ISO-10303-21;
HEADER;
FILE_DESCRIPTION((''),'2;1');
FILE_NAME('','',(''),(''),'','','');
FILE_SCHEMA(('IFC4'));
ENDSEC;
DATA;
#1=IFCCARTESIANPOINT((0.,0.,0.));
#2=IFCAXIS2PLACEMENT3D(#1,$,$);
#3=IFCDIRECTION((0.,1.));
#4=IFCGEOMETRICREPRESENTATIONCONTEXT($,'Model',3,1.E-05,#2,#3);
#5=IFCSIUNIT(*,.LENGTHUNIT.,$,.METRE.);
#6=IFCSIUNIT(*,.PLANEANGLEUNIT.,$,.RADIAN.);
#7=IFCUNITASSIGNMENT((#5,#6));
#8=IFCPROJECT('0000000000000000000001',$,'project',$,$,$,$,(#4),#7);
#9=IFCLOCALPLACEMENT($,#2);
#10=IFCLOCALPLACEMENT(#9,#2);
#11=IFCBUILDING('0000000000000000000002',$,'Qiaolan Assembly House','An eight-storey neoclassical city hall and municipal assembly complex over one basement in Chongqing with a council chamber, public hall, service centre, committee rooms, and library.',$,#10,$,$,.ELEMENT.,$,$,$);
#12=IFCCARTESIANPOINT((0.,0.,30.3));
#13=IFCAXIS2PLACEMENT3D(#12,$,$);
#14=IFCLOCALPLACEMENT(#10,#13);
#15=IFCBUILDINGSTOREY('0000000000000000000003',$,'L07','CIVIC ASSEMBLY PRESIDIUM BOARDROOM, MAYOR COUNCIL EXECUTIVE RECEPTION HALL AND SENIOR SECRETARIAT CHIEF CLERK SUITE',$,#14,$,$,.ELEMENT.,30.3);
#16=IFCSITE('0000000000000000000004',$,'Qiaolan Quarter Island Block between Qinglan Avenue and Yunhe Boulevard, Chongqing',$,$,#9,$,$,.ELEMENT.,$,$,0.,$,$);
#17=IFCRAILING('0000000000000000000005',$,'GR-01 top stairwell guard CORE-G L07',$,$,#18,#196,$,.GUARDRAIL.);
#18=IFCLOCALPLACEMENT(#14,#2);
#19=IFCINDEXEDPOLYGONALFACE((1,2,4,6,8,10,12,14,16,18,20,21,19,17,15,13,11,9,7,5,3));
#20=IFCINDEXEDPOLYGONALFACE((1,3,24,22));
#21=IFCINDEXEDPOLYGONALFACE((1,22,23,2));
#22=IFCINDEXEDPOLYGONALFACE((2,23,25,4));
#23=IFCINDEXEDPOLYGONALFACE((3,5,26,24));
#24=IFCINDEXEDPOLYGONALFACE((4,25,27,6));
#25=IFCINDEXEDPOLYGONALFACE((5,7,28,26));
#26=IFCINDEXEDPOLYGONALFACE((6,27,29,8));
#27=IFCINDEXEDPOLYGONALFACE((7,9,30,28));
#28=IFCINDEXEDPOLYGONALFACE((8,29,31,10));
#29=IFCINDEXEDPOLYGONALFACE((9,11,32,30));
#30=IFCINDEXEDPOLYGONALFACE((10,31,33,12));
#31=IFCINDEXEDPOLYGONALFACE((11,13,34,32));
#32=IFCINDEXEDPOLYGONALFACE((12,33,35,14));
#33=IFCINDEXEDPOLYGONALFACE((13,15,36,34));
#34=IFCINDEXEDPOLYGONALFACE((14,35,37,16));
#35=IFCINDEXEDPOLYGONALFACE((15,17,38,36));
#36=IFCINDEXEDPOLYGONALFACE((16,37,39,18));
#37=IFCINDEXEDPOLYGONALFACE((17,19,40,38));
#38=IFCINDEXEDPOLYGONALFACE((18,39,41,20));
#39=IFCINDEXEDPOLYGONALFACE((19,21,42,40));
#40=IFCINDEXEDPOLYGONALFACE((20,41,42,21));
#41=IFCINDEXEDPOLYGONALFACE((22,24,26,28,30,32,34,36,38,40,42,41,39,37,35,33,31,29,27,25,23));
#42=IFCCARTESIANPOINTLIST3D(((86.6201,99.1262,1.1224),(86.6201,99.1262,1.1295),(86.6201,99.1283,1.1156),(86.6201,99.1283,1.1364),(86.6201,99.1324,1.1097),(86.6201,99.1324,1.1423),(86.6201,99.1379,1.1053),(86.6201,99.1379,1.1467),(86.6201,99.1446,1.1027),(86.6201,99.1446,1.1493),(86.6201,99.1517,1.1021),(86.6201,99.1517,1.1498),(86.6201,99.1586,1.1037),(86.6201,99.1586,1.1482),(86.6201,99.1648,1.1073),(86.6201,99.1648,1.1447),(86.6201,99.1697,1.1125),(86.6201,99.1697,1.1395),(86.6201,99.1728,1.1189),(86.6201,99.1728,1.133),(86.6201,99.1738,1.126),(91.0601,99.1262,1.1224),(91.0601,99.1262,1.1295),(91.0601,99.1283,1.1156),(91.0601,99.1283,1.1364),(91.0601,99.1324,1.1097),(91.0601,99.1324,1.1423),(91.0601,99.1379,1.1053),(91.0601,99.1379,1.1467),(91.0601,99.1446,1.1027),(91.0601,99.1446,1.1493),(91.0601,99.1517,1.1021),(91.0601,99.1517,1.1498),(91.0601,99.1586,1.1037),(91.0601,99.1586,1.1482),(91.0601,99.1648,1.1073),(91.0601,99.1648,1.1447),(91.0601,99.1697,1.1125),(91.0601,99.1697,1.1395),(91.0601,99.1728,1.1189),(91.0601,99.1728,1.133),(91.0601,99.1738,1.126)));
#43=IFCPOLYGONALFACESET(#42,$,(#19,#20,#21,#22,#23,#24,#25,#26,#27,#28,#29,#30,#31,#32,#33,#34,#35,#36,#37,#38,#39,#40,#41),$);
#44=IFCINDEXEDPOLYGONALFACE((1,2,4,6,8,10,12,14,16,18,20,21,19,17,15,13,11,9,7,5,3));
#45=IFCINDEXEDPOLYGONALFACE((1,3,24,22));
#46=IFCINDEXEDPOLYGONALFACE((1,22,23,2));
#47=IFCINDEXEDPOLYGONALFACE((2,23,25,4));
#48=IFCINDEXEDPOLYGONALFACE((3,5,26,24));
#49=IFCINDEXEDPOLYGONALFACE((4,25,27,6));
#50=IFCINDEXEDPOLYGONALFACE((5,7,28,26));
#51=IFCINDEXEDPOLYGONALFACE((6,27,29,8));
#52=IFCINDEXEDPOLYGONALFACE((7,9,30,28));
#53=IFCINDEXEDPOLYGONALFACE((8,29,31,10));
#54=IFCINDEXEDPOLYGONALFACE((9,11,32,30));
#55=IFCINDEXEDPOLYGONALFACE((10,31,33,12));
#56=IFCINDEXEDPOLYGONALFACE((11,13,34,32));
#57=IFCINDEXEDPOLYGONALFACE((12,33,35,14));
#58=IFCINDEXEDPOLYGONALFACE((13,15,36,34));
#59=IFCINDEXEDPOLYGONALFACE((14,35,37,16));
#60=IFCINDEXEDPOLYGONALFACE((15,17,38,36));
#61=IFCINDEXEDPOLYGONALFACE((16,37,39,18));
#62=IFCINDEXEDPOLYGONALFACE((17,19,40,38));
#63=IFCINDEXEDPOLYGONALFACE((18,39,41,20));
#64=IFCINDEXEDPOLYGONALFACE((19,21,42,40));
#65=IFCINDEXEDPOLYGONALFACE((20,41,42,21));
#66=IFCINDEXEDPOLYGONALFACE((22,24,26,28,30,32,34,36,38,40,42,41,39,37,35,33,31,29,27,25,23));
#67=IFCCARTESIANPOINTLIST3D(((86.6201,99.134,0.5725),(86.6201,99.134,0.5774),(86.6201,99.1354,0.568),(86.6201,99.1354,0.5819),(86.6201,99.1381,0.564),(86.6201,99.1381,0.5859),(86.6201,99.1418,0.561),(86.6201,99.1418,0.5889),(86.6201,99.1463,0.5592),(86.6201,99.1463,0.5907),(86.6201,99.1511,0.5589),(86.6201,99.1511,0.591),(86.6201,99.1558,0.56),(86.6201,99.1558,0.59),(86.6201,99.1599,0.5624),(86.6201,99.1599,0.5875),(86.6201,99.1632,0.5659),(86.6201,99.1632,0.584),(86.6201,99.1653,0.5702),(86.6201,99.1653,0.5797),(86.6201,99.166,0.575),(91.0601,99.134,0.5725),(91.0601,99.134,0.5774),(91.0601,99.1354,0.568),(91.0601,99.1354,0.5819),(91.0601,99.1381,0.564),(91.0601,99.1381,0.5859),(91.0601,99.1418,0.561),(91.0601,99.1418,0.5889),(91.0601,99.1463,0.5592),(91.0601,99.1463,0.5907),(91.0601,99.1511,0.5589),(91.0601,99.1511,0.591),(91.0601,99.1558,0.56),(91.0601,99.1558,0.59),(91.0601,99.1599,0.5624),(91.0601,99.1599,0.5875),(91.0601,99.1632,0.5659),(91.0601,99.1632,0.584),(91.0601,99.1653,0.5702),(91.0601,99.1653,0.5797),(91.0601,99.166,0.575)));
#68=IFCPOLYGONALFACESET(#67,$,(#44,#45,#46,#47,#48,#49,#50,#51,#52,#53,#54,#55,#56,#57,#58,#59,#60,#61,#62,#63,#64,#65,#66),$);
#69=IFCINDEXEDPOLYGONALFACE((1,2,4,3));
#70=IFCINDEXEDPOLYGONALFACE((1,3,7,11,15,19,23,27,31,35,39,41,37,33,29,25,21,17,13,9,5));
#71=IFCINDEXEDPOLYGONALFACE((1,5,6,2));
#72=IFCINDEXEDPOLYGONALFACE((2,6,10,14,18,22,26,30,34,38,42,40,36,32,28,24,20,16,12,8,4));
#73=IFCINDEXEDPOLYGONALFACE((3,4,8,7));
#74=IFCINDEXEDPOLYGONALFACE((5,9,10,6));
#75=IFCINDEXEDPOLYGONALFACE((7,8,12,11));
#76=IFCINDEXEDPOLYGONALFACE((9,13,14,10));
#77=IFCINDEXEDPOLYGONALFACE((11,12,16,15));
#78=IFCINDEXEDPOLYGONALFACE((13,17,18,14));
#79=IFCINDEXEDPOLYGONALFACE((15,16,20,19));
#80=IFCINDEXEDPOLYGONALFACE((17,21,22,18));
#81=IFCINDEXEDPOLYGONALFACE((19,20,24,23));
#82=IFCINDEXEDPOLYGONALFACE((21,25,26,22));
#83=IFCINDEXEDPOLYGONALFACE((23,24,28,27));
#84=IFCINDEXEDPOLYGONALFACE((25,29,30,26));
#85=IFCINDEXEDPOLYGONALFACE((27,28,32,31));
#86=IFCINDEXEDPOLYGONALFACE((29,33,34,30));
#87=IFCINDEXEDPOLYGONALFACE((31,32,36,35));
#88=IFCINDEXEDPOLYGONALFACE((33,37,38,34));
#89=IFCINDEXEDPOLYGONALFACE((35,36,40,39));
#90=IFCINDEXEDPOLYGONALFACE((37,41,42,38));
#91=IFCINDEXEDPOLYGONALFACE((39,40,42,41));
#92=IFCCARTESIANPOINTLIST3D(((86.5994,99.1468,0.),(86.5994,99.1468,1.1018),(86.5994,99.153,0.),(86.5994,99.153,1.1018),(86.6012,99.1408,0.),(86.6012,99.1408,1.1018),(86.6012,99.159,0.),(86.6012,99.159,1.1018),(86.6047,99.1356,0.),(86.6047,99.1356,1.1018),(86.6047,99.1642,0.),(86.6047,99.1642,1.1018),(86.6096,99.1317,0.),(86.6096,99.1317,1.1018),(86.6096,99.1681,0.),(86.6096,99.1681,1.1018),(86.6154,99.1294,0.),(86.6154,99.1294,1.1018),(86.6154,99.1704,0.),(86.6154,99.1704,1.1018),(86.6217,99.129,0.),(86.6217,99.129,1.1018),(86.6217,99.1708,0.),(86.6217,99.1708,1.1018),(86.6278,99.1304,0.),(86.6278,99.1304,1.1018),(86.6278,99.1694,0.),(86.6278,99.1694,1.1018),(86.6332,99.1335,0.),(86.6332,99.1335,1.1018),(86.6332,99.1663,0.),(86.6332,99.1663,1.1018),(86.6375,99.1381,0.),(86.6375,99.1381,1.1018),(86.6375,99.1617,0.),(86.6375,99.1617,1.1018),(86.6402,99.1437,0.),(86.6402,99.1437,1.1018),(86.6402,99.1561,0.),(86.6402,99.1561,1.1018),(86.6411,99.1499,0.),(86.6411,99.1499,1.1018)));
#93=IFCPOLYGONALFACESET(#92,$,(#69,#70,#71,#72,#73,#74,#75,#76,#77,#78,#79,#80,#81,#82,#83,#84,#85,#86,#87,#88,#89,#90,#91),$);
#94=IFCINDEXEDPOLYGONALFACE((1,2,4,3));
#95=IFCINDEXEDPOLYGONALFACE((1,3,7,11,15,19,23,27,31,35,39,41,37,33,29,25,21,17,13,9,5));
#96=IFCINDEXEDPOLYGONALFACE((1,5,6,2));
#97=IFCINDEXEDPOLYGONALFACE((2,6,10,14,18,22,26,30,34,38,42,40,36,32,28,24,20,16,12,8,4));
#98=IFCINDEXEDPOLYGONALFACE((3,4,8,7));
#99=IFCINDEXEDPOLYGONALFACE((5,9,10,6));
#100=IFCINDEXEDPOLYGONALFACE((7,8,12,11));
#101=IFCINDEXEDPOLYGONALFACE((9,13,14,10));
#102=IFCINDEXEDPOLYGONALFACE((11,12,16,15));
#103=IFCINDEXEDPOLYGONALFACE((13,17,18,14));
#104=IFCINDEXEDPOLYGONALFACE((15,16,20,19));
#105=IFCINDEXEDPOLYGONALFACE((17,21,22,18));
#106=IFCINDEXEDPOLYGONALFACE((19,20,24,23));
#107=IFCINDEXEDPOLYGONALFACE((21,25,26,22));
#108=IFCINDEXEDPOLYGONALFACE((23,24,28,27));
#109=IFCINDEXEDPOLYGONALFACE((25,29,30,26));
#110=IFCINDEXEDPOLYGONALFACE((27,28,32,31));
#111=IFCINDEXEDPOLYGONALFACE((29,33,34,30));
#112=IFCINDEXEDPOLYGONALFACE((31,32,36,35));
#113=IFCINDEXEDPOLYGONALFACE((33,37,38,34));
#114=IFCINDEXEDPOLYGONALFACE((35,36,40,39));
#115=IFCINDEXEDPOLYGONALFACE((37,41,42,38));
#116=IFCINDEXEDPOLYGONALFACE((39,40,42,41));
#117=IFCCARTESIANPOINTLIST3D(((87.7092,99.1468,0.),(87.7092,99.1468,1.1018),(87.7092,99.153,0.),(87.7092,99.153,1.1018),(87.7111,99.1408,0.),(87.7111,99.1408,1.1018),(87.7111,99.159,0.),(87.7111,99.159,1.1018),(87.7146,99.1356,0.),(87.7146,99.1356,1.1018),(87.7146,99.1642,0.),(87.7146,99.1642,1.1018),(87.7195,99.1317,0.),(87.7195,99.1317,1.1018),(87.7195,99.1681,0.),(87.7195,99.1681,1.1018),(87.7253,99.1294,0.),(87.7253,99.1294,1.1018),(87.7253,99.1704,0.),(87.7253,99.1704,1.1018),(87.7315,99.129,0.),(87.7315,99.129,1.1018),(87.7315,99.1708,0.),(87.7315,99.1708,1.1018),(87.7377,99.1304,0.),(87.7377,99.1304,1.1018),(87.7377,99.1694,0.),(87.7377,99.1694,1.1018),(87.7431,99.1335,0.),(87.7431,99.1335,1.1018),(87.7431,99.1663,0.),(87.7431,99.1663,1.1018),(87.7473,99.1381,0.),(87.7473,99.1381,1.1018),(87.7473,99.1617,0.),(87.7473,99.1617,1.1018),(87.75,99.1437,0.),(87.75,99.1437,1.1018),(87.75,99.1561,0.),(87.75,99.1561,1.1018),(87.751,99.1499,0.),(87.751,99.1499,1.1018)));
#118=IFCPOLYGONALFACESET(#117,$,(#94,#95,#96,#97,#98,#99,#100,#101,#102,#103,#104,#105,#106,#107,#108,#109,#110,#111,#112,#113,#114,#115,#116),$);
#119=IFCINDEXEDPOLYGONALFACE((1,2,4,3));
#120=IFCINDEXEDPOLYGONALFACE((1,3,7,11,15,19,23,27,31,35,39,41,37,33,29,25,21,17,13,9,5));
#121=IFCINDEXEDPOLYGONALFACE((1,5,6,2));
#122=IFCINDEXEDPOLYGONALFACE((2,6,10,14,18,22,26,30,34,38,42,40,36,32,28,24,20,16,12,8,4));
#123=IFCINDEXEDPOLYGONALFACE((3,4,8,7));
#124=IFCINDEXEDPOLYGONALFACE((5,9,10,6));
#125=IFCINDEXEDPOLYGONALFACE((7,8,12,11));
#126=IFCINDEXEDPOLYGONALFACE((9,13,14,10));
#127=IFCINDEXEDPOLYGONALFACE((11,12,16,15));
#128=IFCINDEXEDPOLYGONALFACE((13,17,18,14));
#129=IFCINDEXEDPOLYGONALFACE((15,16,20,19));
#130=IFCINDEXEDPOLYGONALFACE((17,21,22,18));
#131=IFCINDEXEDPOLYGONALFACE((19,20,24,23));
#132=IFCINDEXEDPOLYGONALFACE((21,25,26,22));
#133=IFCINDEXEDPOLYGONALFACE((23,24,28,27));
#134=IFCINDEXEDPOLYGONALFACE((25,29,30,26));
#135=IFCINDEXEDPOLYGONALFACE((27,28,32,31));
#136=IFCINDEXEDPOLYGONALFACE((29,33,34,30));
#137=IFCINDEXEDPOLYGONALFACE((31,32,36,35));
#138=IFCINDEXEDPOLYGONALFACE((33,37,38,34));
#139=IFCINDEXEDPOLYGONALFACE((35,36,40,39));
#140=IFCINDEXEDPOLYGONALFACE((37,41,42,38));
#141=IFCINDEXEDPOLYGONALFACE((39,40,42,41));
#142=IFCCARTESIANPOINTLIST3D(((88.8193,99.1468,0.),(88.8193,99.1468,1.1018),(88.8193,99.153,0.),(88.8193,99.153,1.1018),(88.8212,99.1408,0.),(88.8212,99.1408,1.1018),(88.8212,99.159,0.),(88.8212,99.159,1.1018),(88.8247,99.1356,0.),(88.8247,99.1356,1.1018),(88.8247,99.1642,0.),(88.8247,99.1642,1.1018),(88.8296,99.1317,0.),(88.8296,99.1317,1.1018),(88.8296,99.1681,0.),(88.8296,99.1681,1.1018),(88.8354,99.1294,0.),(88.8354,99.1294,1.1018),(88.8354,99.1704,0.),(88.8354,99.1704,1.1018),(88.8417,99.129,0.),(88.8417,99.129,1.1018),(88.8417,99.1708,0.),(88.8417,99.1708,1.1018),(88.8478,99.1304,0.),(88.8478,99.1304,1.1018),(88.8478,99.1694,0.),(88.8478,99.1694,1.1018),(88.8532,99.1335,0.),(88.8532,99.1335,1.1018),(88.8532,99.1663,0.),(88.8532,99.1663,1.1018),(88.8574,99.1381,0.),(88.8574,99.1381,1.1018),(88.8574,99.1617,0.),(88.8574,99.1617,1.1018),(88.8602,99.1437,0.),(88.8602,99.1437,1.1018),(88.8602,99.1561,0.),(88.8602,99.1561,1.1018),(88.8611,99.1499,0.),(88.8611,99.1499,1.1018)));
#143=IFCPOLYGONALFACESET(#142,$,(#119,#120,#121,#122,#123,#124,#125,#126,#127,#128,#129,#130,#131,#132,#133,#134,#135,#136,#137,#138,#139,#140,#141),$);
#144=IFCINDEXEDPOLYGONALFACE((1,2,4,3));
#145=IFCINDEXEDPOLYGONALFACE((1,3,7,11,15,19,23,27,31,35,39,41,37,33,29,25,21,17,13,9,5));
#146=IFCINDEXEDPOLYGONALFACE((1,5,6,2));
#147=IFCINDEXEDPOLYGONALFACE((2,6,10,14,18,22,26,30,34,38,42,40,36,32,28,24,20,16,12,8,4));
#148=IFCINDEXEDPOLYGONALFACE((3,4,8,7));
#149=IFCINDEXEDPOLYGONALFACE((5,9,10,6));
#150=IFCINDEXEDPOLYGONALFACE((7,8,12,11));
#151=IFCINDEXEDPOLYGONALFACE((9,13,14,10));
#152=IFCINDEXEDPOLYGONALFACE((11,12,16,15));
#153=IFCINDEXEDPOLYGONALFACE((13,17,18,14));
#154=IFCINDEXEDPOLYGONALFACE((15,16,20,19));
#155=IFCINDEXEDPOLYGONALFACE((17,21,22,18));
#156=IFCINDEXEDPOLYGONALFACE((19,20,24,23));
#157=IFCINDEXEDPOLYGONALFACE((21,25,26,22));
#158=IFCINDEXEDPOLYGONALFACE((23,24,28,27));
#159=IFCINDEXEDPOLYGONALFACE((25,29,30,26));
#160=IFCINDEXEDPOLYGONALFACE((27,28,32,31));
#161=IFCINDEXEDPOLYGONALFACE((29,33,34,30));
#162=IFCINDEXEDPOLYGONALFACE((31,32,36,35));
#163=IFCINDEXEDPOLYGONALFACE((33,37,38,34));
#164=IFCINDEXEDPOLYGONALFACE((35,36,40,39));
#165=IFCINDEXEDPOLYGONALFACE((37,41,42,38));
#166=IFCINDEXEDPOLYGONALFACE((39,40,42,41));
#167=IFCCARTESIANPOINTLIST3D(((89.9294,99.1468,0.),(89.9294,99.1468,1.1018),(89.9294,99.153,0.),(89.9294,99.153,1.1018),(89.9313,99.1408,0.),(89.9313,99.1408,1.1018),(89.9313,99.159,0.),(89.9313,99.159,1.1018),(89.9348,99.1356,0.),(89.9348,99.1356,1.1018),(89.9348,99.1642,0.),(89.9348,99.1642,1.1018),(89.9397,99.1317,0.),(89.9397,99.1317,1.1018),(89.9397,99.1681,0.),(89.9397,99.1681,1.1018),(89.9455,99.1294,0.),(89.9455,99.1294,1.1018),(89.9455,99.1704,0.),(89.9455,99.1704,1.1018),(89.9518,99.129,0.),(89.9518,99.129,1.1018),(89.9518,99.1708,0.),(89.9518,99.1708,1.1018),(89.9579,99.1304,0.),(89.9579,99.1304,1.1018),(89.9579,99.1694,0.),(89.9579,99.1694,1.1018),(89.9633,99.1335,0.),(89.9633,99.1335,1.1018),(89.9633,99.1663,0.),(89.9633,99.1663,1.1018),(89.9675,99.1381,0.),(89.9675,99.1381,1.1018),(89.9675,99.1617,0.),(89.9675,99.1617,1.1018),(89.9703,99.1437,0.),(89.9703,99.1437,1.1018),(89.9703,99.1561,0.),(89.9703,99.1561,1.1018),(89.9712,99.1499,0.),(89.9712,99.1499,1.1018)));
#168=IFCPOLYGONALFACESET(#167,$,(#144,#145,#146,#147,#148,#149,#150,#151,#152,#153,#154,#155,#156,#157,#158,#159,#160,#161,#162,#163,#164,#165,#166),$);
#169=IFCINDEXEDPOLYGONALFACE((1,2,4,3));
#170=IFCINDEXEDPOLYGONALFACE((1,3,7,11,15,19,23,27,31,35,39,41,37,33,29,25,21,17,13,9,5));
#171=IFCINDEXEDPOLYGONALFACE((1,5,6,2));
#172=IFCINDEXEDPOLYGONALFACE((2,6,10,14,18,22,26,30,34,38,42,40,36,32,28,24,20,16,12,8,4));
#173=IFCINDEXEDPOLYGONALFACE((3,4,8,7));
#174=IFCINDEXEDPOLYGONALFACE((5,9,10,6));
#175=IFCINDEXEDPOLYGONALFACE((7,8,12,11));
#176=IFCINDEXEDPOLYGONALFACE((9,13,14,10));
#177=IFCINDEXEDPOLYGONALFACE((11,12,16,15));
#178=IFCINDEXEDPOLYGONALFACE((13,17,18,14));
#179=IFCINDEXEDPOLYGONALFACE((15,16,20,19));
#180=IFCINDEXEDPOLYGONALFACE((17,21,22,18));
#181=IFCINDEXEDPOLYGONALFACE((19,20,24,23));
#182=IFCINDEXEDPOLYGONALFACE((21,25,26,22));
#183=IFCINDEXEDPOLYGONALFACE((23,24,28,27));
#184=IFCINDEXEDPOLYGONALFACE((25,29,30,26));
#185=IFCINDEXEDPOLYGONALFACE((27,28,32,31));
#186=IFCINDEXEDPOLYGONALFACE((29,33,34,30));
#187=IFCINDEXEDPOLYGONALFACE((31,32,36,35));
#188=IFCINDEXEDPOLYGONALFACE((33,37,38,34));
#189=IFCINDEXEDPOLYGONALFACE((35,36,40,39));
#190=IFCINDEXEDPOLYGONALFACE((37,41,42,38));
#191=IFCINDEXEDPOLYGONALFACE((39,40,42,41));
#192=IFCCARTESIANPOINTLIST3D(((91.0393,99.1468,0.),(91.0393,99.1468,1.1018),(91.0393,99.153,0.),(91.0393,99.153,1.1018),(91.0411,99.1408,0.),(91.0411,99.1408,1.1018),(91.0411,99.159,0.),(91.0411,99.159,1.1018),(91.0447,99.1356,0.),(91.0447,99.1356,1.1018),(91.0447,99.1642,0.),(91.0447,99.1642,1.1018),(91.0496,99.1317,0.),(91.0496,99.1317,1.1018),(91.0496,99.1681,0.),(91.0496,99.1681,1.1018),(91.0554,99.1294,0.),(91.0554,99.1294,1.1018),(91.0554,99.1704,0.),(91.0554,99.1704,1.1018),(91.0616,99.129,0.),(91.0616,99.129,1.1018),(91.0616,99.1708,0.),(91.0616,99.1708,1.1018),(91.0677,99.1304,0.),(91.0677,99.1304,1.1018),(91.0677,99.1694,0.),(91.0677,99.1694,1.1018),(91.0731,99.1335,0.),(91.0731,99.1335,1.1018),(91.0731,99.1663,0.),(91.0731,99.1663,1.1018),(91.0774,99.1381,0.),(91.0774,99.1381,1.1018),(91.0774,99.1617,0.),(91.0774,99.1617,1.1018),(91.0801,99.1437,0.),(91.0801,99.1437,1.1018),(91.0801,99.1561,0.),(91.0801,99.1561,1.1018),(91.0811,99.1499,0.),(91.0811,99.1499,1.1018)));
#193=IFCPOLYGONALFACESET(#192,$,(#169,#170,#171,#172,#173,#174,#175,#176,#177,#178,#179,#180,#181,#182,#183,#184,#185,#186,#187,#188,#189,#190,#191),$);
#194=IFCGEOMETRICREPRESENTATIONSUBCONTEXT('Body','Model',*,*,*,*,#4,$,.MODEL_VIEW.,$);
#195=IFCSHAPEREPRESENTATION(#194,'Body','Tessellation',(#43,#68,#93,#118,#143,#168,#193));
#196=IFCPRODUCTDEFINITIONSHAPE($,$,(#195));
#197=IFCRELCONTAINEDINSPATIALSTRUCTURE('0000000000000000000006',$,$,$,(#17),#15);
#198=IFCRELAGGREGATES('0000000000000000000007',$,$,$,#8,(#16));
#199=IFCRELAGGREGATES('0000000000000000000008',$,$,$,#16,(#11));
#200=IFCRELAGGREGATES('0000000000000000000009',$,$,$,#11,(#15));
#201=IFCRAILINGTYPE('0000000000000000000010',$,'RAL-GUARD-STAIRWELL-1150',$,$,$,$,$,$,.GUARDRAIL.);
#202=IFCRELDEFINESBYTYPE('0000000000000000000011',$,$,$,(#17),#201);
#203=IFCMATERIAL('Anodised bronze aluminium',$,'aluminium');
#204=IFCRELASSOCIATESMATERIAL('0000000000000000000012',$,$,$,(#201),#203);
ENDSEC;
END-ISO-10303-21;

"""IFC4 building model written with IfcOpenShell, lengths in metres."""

from ifc_helpers import new_model, si_unit, direction, frame, origin, origin_2d, place, context, subcontext, project, spatial, circle, extrude, material, type_object, element, save


model = new_model("IFC4")

# Units and contexts
model_context = context("Model", 3, precision=1e-05, world=origin(), true_north=direction((0.0, 1.0)))
body_context = subcontext(model_context, "Body", "Model", "MODEL_VIEW")
ifc_project = project(units=[si_unit("LENGTHUNIT", "METRE"), si_unit("PLANEANGLEUNIT", "RADIAN")], contexts=[model_context])

# Site, building, storey
site_placement = place(None, origin())
site = spatial("IfcSite", under=ifc_project, at=site_placement, Name="Qiaolan Quarter Island Block between Qinglan Avenue and Yunhe Boulevard, Chongqing", CompositionType="ELEMENT", RefElevation=0.0)
building_placement = place(site_placement, origin())
building = spatial("IfcBuilding", under=site, at=building_placement, Name="Qiaolan Assembly House", Description="An eight-storey neoclassical city hall and municipal assembly complex over one basement in Chongqing with a council chamber, public hall, service centre, committee rooms, and library.", CompositionType="ELEMENT")
storey_placement = place(building_placement, frame((0.0, 0.0, 30.3)))
storey = spatial("IfcBuildingStorey", under=building, at=storey_placement, Name="L07", Description="CIVIC ASSEMBLY PRESIDIUM BOARDROOM, MAYOR COUNCIL EXECUTIVE RECEPTION HALL AND SENIOR SECRETARIAT CHIEF CLERK SUITE", CompositionType="ELEMENT", Elevation=30.3)

# Shared definitions
ifc_material_1 = material(Name="Anodised bronze aluminium", Category="aluminium")

# Railing
railing_type = type_object("IfcRailingType", Name="RAL-GUARD-STAIRWELL-1150", PredefinedType="GUARDRAIL", material=ifc_material_1)
railing_placement = place(storey_placement, frame((86.6201, 99.1499, 0.0)))
element("IfcRailing", 1, at=railing_placement, inside=storey, type_object=railing_type, Name="GR-01 top stairwell guard CORE-G L07", PredefinedType="GUARDRAIL", context=body_context, shape_type="SweptSolid", body=[
    extrude(circle(Radius=0.0239, at=origin_2d()), frame((0.0, 0.0, 1.126), z_axis=(1.0, 0.0, 0.0), x_axis=(0.0, 1.0, 0.0)), (0.0, 0.0, 1.0), 4.4399),
    extrude(circle(Radius=0.0161, at=origin_2d()), frame((0.0, 0.0, 0.575), z_axis=(1.0, 0.0, 0.0), x_axis=(0.0, 1.0, 0.0)), (0.0, 0.0, 1.0), 4.4399),
    extrude(circle(Radius=0.021, at=origin_2d()), origin(), (0.0, 0.0, 1.0), 1.1018),
    extrude(circle(Radius=0.021, at=origin_2d()), frame((1.1099, 0.0, 0.0)), (0.0, 0.0, 1.0), 1.1018),
    extrude(circle(Radius=0.021, at=origin_2d()), frame((2.22, 0.0, 0.0)), (0.0, 0.0, 1.0), 1.1018),
    extrude(circle(Radius=0.021, at=origin_2d()), frame((3.3301, 0.0, 0.0)), (0.0, 0.0, 1.0), 1.1018),
    extrude(circle(Radius=0.021, at=origin_2d()), frame((4.4399, 0.0, 0.0)), (0.0, 0.0, 1.0), 1.1018),
])

save(model, "model.ifc")
